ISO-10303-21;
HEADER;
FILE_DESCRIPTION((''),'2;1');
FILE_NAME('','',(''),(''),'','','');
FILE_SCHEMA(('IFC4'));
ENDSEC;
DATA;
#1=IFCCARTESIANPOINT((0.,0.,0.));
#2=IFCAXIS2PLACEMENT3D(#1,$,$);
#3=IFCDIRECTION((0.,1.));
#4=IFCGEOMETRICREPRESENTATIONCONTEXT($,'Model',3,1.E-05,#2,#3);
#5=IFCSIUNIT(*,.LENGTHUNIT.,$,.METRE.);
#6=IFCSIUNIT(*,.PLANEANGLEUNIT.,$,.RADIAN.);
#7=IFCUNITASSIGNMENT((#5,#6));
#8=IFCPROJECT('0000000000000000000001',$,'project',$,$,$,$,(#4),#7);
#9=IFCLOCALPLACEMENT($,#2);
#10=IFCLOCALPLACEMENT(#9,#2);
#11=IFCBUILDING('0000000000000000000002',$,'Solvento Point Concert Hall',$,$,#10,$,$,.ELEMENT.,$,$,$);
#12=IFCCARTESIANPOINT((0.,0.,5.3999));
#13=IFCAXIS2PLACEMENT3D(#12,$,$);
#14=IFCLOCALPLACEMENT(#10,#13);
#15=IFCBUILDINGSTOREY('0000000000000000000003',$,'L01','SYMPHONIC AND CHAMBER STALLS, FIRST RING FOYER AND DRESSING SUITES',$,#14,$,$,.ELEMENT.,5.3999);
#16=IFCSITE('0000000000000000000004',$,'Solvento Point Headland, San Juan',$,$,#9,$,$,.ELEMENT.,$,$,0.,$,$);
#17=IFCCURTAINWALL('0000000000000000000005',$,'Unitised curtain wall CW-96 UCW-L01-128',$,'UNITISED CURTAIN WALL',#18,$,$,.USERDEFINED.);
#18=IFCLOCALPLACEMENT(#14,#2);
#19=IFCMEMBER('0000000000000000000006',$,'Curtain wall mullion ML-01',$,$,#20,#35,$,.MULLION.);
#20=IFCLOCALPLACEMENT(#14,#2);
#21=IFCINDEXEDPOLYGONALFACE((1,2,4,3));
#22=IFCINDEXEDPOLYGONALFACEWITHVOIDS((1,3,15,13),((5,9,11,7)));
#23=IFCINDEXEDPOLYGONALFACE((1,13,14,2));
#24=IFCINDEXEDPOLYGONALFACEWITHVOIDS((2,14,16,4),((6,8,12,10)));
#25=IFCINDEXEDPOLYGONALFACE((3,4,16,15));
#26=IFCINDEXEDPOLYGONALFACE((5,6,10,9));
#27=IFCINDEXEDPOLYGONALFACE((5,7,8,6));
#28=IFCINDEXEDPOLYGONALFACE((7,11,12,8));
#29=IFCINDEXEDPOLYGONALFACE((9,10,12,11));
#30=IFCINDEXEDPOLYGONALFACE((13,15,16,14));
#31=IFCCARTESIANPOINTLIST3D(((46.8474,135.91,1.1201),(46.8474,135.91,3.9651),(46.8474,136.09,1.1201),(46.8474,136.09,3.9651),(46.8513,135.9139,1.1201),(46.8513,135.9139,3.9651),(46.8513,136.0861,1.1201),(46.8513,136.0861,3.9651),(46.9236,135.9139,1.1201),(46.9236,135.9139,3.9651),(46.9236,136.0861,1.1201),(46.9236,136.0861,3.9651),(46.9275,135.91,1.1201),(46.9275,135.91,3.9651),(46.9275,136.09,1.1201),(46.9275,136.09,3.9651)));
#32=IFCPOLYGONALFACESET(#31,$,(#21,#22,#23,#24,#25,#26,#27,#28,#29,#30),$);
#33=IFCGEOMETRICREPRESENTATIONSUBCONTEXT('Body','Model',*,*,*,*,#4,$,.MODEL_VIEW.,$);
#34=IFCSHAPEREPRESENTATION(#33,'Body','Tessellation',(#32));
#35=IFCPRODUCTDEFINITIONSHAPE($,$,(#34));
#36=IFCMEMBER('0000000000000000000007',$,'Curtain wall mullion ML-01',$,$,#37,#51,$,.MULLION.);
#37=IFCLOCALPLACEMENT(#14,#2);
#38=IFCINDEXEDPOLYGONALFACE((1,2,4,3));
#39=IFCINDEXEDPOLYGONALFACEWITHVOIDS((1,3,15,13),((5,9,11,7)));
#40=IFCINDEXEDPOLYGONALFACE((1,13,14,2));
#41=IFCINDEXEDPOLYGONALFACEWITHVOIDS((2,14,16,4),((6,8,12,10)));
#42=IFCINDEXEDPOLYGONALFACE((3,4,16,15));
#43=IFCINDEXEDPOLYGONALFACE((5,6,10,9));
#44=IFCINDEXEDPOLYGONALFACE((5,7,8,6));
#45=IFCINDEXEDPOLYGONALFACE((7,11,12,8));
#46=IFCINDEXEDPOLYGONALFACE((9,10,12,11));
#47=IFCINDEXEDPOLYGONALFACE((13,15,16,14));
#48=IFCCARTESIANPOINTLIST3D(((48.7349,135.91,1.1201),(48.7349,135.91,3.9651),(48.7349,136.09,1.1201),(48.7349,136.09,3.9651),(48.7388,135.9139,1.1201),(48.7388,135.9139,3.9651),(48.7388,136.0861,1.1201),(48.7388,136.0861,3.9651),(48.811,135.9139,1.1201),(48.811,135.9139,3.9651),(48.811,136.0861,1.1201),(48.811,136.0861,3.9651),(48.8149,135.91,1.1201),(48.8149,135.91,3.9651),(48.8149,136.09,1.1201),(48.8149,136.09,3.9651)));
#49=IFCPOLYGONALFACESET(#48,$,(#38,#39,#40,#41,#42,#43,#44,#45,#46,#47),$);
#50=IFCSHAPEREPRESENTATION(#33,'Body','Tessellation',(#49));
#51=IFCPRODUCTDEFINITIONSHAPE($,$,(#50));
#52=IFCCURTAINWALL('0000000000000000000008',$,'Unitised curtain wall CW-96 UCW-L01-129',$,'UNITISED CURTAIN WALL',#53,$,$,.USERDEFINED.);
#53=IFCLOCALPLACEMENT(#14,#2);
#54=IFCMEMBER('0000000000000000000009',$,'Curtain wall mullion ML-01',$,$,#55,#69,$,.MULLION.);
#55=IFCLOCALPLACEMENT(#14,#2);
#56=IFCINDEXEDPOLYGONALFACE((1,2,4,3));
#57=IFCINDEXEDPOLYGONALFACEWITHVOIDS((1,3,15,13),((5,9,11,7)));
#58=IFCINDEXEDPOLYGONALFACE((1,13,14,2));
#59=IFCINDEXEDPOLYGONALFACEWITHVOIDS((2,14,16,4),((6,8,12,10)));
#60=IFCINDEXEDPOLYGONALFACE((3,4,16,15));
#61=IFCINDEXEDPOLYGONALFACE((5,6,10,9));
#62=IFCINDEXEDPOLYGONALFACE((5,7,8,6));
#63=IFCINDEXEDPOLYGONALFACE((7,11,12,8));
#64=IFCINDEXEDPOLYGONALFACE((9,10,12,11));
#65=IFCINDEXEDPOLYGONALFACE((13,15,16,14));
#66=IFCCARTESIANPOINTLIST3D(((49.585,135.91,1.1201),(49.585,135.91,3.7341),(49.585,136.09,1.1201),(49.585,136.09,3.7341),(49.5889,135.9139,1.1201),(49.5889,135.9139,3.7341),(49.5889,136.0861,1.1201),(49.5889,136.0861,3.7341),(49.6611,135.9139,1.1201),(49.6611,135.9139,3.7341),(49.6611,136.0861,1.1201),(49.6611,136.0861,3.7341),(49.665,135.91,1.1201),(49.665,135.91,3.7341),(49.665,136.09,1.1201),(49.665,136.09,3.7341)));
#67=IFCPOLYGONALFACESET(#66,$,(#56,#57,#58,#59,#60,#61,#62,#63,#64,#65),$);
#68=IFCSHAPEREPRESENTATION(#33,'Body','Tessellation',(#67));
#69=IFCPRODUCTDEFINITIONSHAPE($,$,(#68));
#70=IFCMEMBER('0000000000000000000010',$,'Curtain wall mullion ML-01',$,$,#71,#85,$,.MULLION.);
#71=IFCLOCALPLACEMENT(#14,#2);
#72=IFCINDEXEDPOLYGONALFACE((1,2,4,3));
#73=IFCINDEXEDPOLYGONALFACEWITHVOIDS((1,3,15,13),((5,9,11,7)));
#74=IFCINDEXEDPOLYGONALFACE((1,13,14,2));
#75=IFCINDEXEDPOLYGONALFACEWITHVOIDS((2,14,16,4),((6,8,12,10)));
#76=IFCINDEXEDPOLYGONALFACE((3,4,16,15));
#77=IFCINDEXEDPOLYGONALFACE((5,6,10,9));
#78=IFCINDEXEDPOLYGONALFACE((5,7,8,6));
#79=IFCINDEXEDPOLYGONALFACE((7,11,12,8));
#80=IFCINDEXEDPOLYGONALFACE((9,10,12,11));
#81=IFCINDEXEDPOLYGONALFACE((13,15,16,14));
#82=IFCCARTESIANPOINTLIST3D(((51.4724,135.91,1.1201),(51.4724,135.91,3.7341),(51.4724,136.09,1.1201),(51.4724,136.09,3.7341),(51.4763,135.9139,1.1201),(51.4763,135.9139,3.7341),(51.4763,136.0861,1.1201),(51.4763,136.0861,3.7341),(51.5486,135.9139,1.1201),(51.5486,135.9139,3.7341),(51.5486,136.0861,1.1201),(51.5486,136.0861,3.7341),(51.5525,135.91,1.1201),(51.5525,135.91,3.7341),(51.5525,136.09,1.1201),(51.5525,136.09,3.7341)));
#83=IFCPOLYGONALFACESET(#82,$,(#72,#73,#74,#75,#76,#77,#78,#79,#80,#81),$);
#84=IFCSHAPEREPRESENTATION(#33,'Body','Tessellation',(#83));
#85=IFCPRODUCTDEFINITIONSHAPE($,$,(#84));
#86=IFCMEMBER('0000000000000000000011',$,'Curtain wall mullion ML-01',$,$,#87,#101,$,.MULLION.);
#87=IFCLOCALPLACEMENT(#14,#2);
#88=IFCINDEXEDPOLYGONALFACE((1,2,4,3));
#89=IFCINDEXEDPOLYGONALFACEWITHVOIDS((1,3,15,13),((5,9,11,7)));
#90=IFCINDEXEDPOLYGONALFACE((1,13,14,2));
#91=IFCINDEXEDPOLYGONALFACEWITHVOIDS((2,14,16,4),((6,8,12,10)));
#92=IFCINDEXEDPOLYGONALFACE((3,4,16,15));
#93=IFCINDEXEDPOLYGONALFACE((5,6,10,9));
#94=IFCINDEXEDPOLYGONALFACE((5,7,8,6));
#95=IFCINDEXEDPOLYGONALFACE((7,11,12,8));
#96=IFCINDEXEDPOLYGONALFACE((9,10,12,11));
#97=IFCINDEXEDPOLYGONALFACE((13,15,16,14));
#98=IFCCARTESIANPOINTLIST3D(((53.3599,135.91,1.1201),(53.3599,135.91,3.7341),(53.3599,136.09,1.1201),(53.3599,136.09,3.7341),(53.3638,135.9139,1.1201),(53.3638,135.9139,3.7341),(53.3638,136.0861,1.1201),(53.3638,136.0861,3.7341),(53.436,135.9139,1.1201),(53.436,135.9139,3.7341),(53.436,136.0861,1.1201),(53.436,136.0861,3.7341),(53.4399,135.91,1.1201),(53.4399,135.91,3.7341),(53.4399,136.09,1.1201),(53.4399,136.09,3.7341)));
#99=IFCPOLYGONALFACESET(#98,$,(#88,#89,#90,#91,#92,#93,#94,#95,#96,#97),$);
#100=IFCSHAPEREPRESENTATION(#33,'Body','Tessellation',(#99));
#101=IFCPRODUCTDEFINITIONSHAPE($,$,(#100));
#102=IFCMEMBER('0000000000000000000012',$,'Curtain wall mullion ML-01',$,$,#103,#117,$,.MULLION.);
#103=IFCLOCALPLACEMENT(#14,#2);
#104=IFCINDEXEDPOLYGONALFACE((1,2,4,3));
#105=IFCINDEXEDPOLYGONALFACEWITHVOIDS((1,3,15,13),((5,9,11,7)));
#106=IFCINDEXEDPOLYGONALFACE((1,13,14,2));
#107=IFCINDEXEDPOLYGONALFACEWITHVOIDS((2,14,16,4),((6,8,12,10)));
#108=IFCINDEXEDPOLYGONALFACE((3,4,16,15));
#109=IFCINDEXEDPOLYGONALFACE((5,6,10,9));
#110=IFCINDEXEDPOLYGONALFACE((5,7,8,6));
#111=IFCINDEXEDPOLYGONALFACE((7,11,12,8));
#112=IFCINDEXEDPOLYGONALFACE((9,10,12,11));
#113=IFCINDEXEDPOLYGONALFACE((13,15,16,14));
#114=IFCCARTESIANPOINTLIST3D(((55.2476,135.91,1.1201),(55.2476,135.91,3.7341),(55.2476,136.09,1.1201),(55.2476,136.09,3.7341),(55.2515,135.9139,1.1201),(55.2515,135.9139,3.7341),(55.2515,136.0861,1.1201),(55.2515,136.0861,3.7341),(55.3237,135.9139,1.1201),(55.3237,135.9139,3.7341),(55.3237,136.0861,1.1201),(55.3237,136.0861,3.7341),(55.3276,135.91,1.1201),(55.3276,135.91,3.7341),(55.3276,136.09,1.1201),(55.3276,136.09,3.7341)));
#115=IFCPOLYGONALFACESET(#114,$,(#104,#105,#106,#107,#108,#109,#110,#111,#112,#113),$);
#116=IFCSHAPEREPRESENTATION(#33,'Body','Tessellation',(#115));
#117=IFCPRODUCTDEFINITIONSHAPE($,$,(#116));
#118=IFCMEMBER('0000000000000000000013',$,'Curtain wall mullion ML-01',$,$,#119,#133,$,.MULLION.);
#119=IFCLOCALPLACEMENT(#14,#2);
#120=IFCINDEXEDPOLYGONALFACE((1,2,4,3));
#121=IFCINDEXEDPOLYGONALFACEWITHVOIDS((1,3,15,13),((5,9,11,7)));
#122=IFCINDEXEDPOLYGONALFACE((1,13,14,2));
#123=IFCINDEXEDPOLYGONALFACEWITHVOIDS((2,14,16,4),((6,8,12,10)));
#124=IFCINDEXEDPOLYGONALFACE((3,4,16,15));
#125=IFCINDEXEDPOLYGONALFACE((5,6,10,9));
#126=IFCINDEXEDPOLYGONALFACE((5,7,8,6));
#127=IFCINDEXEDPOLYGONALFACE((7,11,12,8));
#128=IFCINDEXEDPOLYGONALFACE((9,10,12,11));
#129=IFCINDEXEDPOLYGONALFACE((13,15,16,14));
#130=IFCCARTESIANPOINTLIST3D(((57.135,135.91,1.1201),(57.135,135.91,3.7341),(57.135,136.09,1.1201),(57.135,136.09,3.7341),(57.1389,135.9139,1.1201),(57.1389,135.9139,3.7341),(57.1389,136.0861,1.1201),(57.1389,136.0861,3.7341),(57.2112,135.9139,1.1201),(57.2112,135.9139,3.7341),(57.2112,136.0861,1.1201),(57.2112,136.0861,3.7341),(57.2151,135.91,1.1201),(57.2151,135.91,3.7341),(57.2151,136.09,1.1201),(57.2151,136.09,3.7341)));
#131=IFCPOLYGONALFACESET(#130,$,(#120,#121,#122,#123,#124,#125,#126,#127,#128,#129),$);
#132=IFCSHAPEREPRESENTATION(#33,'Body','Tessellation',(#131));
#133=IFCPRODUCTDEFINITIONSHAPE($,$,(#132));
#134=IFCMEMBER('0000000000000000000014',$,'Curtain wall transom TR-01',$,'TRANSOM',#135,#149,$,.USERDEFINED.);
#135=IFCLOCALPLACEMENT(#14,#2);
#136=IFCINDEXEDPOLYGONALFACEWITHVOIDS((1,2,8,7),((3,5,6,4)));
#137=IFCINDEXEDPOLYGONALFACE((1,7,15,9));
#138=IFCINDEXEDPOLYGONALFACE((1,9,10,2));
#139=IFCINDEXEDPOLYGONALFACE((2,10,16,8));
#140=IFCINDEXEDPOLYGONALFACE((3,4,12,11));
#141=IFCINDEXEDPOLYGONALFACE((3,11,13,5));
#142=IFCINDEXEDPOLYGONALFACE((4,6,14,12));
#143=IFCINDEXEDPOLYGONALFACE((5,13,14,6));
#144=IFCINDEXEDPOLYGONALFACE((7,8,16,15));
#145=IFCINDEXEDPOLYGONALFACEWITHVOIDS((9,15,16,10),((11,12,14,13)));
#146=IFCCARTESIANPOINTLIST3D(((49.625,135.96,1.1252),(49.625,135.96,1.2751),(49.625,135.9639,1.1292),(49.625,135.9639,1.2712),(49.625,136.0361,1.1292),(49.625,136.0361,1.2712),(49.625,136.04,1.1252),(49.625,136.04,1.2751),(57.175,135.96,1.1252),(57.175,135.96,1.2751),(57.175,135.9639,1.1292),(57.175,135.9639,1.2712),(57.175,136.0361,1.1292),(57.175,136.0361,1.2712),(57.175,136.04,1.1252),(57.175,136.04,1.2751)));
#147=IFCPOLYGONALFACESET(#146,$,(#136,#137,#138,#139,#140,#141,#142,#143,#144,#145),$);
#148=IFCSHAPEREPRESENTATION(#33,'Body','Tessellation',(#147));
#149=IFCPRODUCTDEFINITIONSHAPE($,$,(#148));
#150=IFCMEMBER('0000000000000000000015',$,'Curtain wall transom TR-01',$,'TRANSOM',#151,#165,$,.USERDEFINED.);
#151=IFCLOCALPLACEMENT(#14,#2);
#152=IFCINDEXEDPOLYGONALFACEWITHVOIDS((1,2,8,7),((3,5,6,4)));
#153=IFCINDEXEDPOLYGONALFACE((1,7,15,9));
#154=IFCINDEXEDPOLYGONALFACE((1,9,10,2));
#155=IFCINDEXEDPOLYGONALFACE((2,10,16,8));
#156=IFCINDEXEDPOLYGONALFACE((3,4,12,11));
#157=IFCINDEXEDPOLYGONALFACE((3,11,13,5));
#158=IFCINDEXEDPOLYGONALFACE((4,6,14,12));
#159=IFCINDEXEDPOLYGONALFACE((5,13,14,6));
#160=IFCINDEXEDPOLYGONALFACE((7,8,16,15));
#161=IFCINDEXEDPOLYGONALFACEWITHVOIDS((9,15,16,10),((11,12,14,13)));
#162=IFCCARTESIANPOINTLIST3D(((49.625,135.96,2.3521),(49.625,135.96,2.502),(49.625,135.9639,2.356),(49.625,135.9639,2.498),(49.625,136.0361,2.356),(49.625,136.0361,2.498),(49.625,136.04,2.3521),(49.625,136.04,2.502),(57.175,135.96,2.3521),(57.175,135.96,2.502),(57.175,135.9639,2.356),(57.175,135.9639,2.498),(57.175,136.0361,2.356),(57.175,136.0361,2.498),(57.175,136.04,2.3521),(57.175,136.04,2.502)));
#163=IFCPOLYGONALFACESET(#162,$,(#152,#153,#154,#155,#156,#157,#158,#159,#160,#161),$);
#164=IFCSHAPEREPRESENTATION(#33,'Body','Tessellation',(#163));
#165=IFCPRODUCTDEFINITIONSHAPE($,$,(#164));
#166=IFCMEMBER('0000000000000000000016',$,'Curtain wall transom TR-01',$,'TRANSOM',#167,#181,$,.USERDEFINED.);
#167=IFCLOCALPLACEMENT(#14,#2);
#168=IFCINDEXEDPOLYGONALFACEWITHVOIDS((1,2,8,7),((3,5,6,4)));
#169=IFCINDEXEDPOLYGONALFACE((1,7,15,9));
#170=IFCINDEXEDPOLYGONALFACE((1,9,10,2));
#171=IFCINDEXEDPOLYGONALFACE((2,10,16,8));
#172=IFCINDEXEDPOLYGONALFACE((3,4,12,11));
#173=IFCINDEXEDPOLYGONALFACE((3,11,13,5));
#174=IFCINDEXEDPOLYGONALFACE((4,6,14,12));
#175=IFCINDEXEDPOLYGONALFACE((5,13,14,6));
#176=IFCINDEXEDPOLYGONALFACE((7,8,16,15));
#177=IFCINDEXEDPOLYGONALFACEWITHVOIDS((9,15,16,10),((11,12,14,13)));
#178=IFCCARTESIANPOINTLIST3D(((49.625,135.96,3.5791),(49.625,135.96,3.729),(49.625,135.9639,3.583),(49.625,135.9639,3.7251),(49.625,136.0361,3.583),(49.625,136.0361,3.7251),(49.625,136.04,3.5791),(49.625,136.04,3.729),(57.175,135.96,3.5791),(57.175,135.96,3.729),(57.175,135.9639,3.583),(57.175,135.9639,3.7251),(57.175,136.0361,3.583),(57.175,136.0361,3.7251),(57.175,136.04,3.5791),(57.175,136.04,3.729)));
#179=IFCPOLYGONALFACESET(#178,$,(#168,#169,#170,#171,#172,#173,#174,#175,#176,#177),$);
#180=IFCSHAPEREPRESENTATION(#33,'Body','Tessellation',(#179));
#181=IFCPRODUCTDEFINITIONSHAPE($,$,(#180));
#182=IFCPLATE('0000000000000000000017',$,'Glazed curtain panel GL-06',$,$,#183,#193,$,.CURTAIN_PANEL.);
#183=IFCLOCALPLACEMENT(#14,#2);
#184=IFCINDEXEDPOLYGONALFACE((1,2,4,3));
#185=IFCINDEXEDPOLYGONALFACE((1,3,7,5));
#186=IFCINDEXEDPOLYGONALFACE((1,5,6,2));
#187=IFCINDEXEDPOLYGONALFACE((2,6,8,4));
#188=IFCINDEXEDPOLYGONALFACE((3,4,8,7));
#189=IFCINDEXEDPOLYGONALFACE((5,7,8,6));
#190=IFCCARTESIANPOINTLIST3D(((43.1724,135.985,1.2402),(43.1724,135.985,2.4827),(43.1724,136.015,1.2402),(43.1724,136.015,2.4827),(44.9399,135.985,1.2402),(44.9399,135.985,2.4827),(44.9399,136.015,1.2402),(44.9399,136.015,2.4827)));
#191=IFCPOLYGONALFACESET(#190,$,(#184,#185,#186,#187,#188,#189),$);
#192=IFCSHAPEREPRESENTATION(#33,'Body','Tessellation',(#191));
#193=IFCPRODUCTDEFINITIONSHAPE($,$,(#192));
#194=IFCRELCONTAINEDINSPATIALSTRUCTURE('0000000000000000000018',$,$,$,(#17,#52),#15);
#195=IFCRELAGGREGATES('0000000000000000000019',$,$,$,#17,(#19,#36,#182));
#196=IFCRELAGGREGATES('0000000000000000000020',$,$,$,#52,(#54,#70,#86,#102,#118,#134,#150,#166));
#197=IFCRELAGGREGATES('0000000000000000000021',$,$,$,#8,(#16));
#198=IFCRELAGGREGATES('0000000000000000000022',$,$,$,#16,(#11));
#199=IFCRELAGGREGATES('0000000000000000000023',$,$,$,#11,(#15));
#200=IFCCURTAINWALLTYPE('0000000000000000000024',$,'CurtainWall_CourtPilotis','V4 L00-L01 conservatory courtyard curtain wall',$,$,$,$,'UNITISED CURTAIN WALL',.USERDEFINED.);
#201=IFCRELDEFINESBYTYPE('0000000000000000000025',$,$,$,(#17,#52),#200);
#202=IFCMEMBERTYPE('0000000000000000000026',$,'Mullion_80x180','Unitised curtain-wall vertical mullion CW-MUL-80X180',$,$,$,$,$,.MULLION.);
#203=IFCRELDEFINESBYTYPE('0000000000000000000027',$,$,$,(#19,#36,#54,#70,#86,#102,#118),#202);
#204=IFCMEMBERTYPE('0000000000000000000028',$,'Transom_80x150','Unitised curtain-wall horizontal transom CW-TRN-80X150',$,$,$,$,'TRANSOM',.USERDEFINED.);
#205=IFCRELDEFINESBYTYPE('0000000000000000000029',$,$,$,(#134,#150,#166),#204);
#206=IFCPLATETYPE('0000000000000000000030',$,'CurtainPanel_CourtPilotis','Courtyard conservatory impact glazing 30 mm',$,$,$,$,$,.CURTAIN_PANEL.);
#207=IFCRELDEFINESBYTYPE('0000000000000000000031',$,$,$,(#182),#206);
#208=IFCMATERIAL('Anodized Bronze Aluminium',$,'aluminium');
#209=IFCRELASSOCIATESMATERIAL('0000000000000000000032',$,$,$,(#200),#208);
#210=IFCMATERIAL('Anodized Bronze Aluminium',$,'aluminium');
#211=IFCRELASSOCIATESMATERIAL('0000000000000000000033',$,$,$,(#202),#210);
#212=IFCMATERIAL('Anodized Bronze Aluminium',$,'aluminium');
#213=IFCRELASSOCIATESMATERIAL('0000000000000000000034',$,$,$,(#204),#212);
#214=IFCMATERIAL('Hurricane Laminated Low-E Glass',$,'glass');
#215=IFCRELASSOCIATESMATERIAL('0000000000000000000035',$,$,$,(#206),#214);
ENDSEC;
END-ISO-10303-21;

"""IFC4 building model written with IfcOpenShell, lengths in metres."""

from ifc_helpers import new_model, si_unit, direction, frame, origin, origin_2d, place, context, subcontext, project, spatial, rectangle, hollow_rectangle, extrude, material, material_profile, profile_set, type_object, element, aggregate, save


model = new_model("IFC4")

# Units and contexts
model_context = context("Model", 3, precision=1e-05, world=origin(), true_north=direction((0.0, 1.0)))
body_context = subcontext(model_context, "Body", "Model", "MODEL_VIEW")
ifc_project = project(units=[si_unit("LENGTHUNIT", "METRE"), si_unit("PLANEANGLEUNIT", "RADIAN")], contexts=[model_context])

# Site, building, storey
site_placement = place(None, origin())
site = spatial("IfcSite", under=ifc_project, at=site_placement, Name="Solvento Point Headland, San Juan", CompositionType="ELEMENT", RefElevation=0.0)
building_placement = place(site_placement, origin())
building = spatial("IfcBuilding", under=site, at=building_placement, Name="Solvento Point Concert Hall", CompositionType="ELEMENT")
storey_placement = place(building_placement, frame((0.0, 0.0, 5.3999)))
storey = spatial("IfcBuildingStorey", under=building, at=storey_placement, Name="L01", Description="SYMPHONIC AND CHAMBER STALLS, FIRST RING FOYER AND DRESSING SUITES", CompositionType="ELEMENT", Elevation=5.3999)

# Curtain walls, members
ifc_material_1 = material(Name="Anodized Bronze Aluminium", Category="aluminium")
curtain_wall_type = type_object("IfcCurtainWallType", Name="CurtainWall_CourtPilotis", Description="V4 L00-L01 conservatory courtyard curtain wall", ElementType="UNITISED CURTAIN WALL", PredefinedType="USERDEFINED", material=ifc_material_1)
curtain_wall_1_placement = place(storey_placement, origin())
curtain_wall_1 = element("IfcCurtainWall", 1, at=curtain_wall_1_placement, inside=storey, type_object=curtain_wall_type, Name="Unitised curtain wall CW-96 UCW-L01-128", ObjectType="UNITISED CURTAIN WALL", PredefinedType="USERDEFINED")
ifc_material_2 = material(Name="Anodized Bronze Aluminium", Category="aluminium")
ifc_material_profile_1 = material_profile(ifc_material_2, hollow_rectangle(XDim=0.0801, YDim=0.1799, WallThickness=0.0039, at=origin_2d()), Name="CW-MUL-80X180")
ifc_profile_set_1 = profile_set([ifc_material_profile_1], Name="Anodized Bronze Aluminium")
member_type_1 = type_object("IfcMemberType", Name="Mullion_80x180", Description="Unitised curtain-wall vertical mullion CW-MUL-80X180", PredefinedType="MULLION", material=ifc_profile_set_1)
member_1_placement = place(storey_placement, frame((46.8875, 136.0, 1.1201), z_axis=(0.0, 0.0, 1.0), x_axis=(1.0, 0.0, 0.0)))
member_1 = element("IfcMember", 2, at=member_1_placement, type_object=member_type_1, Name="Curtain wall mullion ML-01", PredefinedType="MULLION", context=body_context, shape_type="SweptSolid", body=[
    extrude(hollow_rectangle(XDim=0.0801, YDim=0.1799, WallThickness=0.0039, at=origin_2d()), origin(), (0.0, 0.0, 1.0), 2.845),
])
member_2_placement = place(storey_placement, frame((48.7749, 136.0, 1.1201), z_axis=(0.0, 0.0, 1.0), x_axis=(1.0, 0.0, 0.0)))
member_2 = element("IfcMember", 3, at=member_2_placement, type_object=member_type_1, Name="Curtain wall mullion ML-01", PredefinedType="MULLION", context=body_context, shape_type="SweptSolid", body=[
    extrude(hollow_rectangle(XDim=0.0801, YDim=0.1799, WallThickness=0.0039, at=origin_2d()), origin(), (0.0, 0.0, 1.0), 2.845),
])
curtain_wall_2_placement = place(storey_placement, origin())
curtain_wall_2 = element("IfcCurtainWall", 4, at=curtain_wall_2_placement, inside=storey, type_object=curtain_wall_type, Name="Unitised curtain wall CW-96 UCW-L01-129", ObjectType="UNITISED CURTAIN WALL", PredefinedType="USERDEFINED")
member_3_placement = place(storey_placement, frame((49.625, 136.0, 1.1201), z_axis=(0.0, 0.0, 1.0), x_axis=(1.0, 0.0, 0.0)))
member_3 = element("IfcMember", 5, at=member_3_placement, type_object=member_type_1, Name="Curtain wall mullion ML-01", PredefinedType="MULLION", context=body_context, shape_type="SweptSolid", body=[
    extrude(hollow_rectangle(XDim=0.0801, YDim=0.1799, WallThickness=0.0039, at=origin_2d()), origin(), (0.0, 0.0, 1.0), 2.614),
])
member_4_placement = place(storey_placement, frame((51.5125, 136.0, 1.1201), z_axis=(0.0, 0.0, 1.0), x_axis=(1.0, 0.0, 0.0)))
member_4 = element("IfcMember", 6, at=member_4_placement, type_object=member_type_1, Name="Curtain wall mullion ML-01", PredefinedType="MULLION", context=body_context, shape_type="SweptSolid", body=[
    extrude(hollow_rectangle(XDim=0.0801, YDim=0.1799, WallThickness=0.0039, at=origin_2d()), origin(), (0.0, 0.0, 1.0), 2.614),
])
member_5_placement = place(storey_placement, frame((53.3999, 136.0, 1.1201), z_axis=(0.0, 0.0, 1.0), x_axis=(1.0, 0.0, 0.0)))
member_5 = element("IfcMember", 7, at=member_5_placement, type_object=member_type_1, Name="Curtain wall mullion ML-01", PredefinedType="MULLION", context=body_context, shape_type="SweptSolid", body=[
    extrude(hollow_rectangle(XDim=0.0801, YDim=0.1799, WallThickness=0.0039, at=origin_2d()), origin(), (0.0, 0.0, 1.0), 2.614),
])
member_6_placement = place(storey_placement, frame((55.2876, 136.0, 1.1201), z_axis=(0.0, 0.0, 1.0), x_axis=(1.0, 0.0, 0.0)))
member_6 = element("IfcMember", 8, at=member_6_placement, type_object=member_type_1, Name="Curtain wall mullion ML-01", PredefinedType="MULLION", context=body_context, shape_type="SweptSolid", body=[
    extrude(hollow_rectangle(XDim=0.0801, YDim=0.1799, WallThickness=0.0039, at=origin_2d()), origin(), (0.0, 0.0, 1.0), 2.614),
])
member_7_placement = place(storey_placement, frame((57.175, 136.0, 1.1201), z_axis=(0.0, 0.0, 1.0), x_axis=(1.0, 0.0, 0.0)))
member_7 = element("IfcMember", 9, at=member_7_placement, type_object=member_type_1, Name="Curtain wall mullion ML-01", PredefinedType="MULLION", context=body_context, shape_type="SweptSolid", body=[
    extrude(hollow_rectangle(XDim=0.0801, YDim=0.1799, WallThickness=0.0039, at=origin_2d()), origin(), (0.0, 0.0, 1.0), 2.614),
])
ifc_material_3 = material(Name="Anodized Bronze Aluminium", Category="aluminium")
ifc_material_profile_2 = material_profile(ifc_material_3, hollow_rectangle(XDim=0.0801, YDim=0.1499, WallThickness=0.0039, at=origin_2d()), Name="CW-TRN-80X150")
ifc_profile_set_2 = profile_set([ifc_material_profile_2], Name="Anodized Bronze Aluminium")
member_type_2 = type_object("IfcMemberType", Name="Transom_80x150", Description="Unitised curtain-wall horizontal transom CW-TRN-80X150", ElementType="TRANSOM", PredefinedType="USERDEFINED", material=ifc_profile_set_2)
member_8_placement = place(storey_placement, frame((49.625, 136.0, 1.2002), z_axis=(1.0, 0.0, 0.0), x_axis=(0.0, 1.0, 0.0)))
member_8 = element("IfcMember", 10, at=member_8_placement, type_object=member_type_2, Name="Curtain wall transom TR-01", ObjectType="TRANSOM", PredefinedType="USERDEFINED", context=body_context, shape_type="SweptSolid", body=[
    extrude(hollow_rectangle(XDim=0.0801, YDim=0.1499, WallThickness=0.0039, at=origin_2d()), origin(), (0.0, 0.0, 1.0), 7.55),
])
member_9_placement = place(storey_placement, frame((49.625, 136.0, 2.427), z_axis=(1.0, 0.0, 0.0), x_axis=(0.0, 1.0, 0.0)))
member_9 = element("IfcMember", 11, at=member_9_placement, type_object=member_type_2, Name="Curtain wall transom TR-01", ObjectType="TRANSOM", PredefinedType="USERDEFINED", context=body_context, shape_type="SweptSolid", body=[
    extrude(hollow_rectangle(XDim=0.0801, YDim=0.1499, WallThickness=0.0039, at=origin_2d()), origin(), (0.0, 0.0, 1.0), 7.55),
])
member_10_placement = place(storey_placement, frame((49.625, 136.0, 3.6541), z_axis=(1.0, 0.0, 0.0), x_axis=(0.0, 1.0, 0.0)))
member_10 = element("IfcMember", 12, at=member_10_placement, type_object=member_type_2, Name="Curtain wall transom TR-01", ObjectType="TRANSOM", PredefinedType="USERDEFINED", context=body_context, shape_type="SweptSolid", body=[
    extrude(hollow_rectangle(XDim=0.0801, YDim=0.1499, WallThickness=0.0039, at=origin_2d()), origin(), (0.0, 0.0, 1.0), 7.55),
])

# Plate
ifc_material_4 = material(Name="Hurricane Laminated Low-E Glass", Category="glass")
plate_type = type_object("IfcPlateType", Name="CurtainPanel_CourtPilotis", Description="Courtyard conservatory impact glazing 30 mm", PredefinedType="CURTAIN_PANEL", material=ifc_material_4)
plate_1_placement = place(storey_placement, frame((44.0562, 136.0, 1.2402), z_axis=(0.0, 0.0, 1.0), x_axis=(1.0, 0.0, 0.0)))
plate_1 = element("IfcPlate", 13, at=plate_1_placement, type_object=plate_type, Name="Glazed curtain panel GL-06", PredefinedType="CURTAIN_PANEL", context=body_context, shape_type="SweptSolid", body=[
    extrude(rectangle(XDim=1.7676, YDim=0.03, at=origin_2d()), origin(), (0.0, 0.0, 1.0), 1.2424),
])
aggregate(curtain_wall_1, [member_1, member_2, plate_1])
aggregate(curtain_wall_2, [member_3, member_4, member_5, member_6, member_7, member_8, member_9, member_10])

save(model, "model.ifc")
